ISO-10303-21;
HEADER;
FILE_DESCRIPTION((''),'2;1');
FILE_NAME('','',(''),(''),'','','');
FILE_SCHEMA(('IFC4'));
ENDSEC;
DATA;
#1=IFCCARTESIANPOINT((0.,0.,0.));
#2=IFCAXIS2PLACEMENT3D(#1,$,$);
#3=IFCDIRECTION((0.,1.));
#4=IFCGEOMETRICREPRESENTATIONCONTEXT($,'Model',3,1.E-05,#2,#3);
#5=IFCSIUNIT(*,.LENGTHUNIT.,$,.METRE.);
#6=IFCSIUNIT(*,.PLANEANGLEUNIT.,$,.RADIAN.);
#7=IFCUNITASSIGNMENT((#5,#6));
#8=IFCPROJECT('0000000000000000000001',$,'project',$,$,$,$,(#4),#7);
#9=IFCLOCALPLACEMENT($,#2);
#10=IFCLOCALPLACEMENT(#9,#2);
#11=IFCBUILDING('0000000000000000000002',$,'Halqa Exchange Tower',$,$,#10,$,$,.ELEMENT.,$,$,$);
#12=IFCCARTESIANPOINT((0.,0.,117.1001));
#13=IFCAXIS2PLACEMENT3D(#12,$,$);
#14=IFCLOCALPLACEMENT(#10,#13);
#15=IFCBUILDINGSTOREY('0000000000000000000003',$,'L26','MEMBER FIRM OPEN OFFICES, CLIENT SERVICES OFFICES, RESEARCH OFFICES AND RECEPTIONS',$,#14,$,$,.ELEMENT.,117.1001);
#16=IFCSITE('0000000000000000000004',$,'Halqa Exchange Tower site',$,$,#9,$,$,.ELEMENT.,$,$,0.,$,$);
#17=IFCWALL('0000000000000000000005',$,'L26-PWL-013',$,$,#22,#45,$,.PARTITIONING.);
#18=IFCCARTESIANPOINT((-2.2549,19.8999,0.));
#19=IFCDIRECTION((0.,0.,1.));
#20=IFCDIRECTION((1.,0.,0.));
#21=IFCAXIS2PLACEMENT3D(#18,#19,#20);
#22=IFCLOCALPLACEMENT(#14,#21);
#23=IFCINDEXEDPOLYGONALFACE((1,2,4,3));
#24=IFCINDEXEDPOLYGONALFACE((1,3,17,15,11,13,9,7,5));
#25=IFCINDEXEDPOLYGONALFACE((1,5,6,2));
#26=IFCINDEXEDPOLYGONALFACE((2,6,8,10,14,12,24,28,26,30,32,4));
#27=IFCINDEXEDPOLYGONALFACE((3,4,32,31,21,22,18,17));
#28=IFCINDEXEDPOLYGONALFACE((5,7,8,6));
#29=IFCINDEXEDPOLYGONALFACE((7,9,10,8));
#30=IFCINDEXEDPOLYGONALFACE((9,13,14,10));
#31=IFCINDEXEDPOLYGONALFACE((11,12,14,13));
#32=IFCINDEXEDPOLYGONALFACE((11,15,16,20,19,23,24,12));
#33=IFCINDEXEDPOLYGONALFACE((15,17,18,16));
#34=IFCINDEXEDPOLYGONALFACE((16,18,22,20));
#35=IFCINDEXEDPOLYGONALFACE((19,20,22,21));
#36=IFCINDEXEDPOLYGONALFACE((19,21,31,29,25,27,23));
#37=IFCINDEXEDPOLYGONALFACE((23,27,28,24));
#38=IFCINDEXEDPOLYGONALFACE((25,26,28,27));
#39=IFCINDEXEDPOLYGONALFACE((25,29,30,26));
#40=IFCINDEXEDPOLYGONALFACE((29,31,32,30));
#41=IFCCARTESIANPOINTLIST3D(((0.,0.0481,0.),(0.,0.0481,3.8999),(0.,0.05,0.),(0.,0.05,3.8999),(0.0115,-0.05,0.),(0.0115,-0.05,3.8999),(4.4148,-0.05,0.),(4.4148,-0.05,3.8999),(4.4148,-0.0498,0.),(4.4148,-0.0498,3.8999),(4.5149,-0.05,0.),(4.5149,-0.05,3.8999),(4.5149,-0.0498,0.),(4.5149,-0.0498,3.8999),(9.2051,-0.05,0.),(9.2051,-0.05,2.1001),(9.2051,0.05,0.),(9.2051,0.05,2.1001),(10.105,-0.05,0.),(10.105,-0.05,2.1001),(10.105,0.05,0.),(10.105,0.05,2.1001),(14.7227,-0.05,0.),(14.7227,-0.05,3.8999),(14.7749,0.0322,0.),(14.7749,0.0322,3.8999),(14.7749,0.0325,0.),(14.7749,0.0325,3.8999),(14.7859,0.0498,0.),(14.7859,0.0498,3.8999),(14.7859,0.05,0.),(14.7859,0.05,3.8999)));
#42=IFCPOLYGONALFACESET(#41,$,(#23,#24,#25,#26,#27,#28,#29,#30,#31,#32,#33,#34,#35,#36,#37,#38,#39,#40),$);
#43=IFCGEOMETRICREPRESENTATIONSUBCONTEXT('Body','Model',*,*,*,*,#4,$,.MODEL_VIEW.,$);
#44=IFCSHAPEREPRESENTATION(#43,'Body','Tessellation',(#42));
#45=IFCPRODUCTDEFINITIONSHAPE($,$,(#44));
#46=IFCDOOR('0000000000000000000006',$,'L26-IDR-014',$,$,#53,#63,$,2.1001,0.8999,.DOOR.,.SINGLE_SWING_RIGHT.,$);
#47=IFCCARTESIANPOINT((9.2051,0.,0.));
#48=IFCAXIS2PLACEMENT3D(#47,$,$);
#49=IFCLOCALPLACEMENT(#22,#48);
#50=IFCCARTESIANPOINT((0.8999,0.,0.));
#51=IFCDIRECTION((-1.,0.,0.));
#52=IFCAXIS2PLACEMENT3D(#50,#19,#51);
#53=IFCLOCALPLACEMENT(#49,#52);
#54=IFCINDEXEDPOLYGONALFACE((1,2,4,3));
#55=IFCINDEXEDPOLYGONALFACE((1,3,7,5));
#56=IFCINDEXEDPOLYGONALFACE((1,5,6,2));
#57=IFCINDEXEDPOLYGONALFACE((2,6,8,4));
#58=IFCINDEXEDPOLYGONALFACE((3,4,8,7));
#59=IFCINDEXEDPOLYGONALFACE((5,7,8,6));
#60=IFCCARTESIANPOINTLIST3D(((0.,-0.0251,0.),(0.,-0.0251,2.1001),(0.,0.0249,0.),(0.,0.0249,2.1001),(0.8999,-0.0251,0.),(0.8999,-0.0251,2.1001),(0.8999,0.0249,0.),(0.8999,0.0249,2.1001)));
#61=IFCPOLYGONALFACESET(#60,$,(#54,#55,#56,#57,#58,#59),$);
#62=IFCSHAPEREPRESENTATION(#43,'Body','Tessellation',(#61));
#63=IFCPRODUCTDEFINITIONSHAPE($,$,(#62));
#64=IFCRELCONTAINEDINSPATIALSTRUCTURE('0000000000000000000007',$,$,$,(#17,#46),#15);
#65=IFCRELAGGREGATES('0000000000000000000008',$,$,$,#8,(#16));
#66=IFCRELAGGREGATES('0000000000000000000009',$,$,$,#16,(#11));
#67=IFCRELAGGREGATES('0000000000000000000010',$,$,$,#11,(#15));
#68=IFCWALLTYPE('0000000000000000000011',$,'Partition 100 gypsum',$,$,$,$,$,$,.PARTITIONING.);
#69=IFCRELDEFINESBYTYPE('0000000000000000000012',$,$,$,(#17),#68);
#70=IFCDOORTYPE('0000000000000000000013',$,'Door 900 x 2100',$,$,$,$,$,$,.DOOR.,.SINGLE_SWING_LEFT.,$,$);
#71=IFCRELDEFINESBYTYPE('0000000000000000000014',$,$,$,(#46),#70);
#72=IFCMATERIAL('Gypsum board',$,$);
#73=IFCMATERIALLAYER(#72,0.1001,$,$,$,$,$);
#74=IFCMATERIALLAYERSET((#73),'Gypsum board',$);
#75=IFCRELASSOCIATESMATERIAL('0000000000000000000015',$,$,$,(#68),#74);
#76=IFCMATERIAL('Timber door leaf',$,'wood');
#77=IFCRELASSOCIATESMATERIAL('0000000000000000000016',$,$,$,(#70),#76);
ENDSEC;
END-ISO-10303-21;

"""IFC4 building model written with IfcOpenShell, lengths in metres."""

from ifc_helpers import new_model, si_unit, direction, frame, frame_2d, origin, place, context, subcontext, project, spatial, polyline, rectangle, outline, extrude, material, layer, layer_set, type_object, element, fill, save


model = new_model("IFC4")

# Units and contexts
model_context = context("Model", 3, precision=1e-05, world=origin(), true_north=direction((0.0, 1.0)))
body_context = subcontext(model_context, "Body", "Model", "MODEL_VIEW")
ifc_project = project(units=[si_unit("LENGTHUNIT", "METRE"), si_unit("PLANEANGLEUNIT", "RADIAN")], contexts=[model_context])

# Site, building, storey
site_placement = place(None, origin())
site = spatial("IfcSite", under=ifc_project, at=site_placement, Name="Halqa Exchange Tower site", CompositionType="ELEMENT", RefElevation=0.0)
building_placement = place(site_placement, origin())
building = spatial("IfcBuilding", under=site, at=building_placement, Name="Halqa Exchange Tower", CompositionType="ELEMENT")
storey_placement = place(building_placement, frame((0.0, 0.0, 117.1001)))
storey = spatial("IfcBuildingStorey", under=building, at=storey_placement, Name="L26", Description="MEMBER FIRM OPEN OFFICES, CLIENT SERVICES OFFICES, RESEARCH OFFICES AND RECEPTIONS", CompositionType="ELEMENT", Elevation=117.1001)

# Wall, opening, door
ifc_material_1 = material(Name="Gypsum board")
ifc_layer_1 = layer(ifc_material_1, 0.1001)
ifc_layer_set_1 = layer_set([ifc_layer_1], Name="Gypsum board")
wall_type_1 = type_object("IfcWallType", Name="Partition 100 gypsum", PredefinedType="PARTITIONING", material=ifc_layer_set_1)
wall_1_placement = place(storey_placement, frame((-2.2549, 19.8999, 0.0), z_axis=(0.0, 0.0, 1.0), x_axis=(1.0, 0.0, 0.0)))
wall_1 = element("IfcWall", 1, at=wall_1_placement, inside=storey, type_object=wall_type_1, Name="L26-PWL-013", PredefinedType="PARTITIONING", context=body_context, shape_type="SweptSolid", body=[
    extrude(outline(polyline([(0.0115, -0.05), (1.4792, -0.05), (2.947, -0.05), (4.4148, -0.05), (4.4148, -0.0498), (4.5149, -0.0498), (4.5149, -0.05), (6.2163, -0.05), (7.9175, -0.05), (9.6189, -0.05), (11.3201, -0.05), (13.0215, -0.05), (14.7227, -0.05), (14.7749, 0.0325), (14.7749, 0.0322), (14.7859, 0.0498), (14.7859, 0.05), (12.9377, 0.05), (11.0894, 0.05), (9.2412, 0.05), (7.3931, 0.05), (5.5447, 0.05), (3.6965, 0.05), (1.8481, 0.05), (0.0, 0.05), (0.0, 0.0481), (0.0115, -0.05)])), origin(), (0.0, 0.0, 1.0), 3.8999),
])
opening_1_placement = place(wall_1_placement, frame((9.2051, 0.0, 0.0)))
opening_1 = element("IfcOpeningElement", 2, at=opening_1_placement, cuts=wall_1, PredefinedType="OPENING", context=body_context, shape_type="SweptSolid", body=[
    extrude(rectangle(XDim=0.8999, YDim=2.1001, at=frame_2d((0.45, 1.05))), frame((0.0, 0.062, 0.0), z_axis=(0.0, -1.0, 0.0), x_axis=(1.0, 0.0, 0.0)), (0.0, 0.0, 1.0), 0.124),
])
ifc_material_2 = material(Name="Timber door leaf", Category="wood")
door_type_1 = type_object("IfcDoorType", Name="Door 900 x 2100", OperationType="SINGLE_SWING_LEFT", PredefinedType="DOOR", material=ifc_material_2)
door_1_placement = place(opening_1_placement, frame((0.8999, 0.0, 0.0), z_axis=(0.0, 0.0, 1.0), x_axis=(-1.0, 0.0, 0.0)))
door_1 = element("IfcDoor", 3, at=door_1_placement, inside=storey, type_object=door_type_1, Name="L26-IDR-014", OperationType="SINGLE_SWING_RIGHT", OverallHeight=2.1001, OverallWidth=0.8999, PredefinedType="DOOR", context=body_context, shape_type="SweptSolid", body=[
    extrude(rectangle(XDim=0.8999, YDim=2.1001, at=frame_2d((0.45, 1.05))), frame((0.0, 0.0249, 0.0), z_axis=(0.0, -1.0, 0.0), x_axis=(1.0, 0.0, 0.0)), (0.0, 0.0, 1.0), 0.05),
])
fill(opening_1, door_1)

save(model, "model.ifc")
